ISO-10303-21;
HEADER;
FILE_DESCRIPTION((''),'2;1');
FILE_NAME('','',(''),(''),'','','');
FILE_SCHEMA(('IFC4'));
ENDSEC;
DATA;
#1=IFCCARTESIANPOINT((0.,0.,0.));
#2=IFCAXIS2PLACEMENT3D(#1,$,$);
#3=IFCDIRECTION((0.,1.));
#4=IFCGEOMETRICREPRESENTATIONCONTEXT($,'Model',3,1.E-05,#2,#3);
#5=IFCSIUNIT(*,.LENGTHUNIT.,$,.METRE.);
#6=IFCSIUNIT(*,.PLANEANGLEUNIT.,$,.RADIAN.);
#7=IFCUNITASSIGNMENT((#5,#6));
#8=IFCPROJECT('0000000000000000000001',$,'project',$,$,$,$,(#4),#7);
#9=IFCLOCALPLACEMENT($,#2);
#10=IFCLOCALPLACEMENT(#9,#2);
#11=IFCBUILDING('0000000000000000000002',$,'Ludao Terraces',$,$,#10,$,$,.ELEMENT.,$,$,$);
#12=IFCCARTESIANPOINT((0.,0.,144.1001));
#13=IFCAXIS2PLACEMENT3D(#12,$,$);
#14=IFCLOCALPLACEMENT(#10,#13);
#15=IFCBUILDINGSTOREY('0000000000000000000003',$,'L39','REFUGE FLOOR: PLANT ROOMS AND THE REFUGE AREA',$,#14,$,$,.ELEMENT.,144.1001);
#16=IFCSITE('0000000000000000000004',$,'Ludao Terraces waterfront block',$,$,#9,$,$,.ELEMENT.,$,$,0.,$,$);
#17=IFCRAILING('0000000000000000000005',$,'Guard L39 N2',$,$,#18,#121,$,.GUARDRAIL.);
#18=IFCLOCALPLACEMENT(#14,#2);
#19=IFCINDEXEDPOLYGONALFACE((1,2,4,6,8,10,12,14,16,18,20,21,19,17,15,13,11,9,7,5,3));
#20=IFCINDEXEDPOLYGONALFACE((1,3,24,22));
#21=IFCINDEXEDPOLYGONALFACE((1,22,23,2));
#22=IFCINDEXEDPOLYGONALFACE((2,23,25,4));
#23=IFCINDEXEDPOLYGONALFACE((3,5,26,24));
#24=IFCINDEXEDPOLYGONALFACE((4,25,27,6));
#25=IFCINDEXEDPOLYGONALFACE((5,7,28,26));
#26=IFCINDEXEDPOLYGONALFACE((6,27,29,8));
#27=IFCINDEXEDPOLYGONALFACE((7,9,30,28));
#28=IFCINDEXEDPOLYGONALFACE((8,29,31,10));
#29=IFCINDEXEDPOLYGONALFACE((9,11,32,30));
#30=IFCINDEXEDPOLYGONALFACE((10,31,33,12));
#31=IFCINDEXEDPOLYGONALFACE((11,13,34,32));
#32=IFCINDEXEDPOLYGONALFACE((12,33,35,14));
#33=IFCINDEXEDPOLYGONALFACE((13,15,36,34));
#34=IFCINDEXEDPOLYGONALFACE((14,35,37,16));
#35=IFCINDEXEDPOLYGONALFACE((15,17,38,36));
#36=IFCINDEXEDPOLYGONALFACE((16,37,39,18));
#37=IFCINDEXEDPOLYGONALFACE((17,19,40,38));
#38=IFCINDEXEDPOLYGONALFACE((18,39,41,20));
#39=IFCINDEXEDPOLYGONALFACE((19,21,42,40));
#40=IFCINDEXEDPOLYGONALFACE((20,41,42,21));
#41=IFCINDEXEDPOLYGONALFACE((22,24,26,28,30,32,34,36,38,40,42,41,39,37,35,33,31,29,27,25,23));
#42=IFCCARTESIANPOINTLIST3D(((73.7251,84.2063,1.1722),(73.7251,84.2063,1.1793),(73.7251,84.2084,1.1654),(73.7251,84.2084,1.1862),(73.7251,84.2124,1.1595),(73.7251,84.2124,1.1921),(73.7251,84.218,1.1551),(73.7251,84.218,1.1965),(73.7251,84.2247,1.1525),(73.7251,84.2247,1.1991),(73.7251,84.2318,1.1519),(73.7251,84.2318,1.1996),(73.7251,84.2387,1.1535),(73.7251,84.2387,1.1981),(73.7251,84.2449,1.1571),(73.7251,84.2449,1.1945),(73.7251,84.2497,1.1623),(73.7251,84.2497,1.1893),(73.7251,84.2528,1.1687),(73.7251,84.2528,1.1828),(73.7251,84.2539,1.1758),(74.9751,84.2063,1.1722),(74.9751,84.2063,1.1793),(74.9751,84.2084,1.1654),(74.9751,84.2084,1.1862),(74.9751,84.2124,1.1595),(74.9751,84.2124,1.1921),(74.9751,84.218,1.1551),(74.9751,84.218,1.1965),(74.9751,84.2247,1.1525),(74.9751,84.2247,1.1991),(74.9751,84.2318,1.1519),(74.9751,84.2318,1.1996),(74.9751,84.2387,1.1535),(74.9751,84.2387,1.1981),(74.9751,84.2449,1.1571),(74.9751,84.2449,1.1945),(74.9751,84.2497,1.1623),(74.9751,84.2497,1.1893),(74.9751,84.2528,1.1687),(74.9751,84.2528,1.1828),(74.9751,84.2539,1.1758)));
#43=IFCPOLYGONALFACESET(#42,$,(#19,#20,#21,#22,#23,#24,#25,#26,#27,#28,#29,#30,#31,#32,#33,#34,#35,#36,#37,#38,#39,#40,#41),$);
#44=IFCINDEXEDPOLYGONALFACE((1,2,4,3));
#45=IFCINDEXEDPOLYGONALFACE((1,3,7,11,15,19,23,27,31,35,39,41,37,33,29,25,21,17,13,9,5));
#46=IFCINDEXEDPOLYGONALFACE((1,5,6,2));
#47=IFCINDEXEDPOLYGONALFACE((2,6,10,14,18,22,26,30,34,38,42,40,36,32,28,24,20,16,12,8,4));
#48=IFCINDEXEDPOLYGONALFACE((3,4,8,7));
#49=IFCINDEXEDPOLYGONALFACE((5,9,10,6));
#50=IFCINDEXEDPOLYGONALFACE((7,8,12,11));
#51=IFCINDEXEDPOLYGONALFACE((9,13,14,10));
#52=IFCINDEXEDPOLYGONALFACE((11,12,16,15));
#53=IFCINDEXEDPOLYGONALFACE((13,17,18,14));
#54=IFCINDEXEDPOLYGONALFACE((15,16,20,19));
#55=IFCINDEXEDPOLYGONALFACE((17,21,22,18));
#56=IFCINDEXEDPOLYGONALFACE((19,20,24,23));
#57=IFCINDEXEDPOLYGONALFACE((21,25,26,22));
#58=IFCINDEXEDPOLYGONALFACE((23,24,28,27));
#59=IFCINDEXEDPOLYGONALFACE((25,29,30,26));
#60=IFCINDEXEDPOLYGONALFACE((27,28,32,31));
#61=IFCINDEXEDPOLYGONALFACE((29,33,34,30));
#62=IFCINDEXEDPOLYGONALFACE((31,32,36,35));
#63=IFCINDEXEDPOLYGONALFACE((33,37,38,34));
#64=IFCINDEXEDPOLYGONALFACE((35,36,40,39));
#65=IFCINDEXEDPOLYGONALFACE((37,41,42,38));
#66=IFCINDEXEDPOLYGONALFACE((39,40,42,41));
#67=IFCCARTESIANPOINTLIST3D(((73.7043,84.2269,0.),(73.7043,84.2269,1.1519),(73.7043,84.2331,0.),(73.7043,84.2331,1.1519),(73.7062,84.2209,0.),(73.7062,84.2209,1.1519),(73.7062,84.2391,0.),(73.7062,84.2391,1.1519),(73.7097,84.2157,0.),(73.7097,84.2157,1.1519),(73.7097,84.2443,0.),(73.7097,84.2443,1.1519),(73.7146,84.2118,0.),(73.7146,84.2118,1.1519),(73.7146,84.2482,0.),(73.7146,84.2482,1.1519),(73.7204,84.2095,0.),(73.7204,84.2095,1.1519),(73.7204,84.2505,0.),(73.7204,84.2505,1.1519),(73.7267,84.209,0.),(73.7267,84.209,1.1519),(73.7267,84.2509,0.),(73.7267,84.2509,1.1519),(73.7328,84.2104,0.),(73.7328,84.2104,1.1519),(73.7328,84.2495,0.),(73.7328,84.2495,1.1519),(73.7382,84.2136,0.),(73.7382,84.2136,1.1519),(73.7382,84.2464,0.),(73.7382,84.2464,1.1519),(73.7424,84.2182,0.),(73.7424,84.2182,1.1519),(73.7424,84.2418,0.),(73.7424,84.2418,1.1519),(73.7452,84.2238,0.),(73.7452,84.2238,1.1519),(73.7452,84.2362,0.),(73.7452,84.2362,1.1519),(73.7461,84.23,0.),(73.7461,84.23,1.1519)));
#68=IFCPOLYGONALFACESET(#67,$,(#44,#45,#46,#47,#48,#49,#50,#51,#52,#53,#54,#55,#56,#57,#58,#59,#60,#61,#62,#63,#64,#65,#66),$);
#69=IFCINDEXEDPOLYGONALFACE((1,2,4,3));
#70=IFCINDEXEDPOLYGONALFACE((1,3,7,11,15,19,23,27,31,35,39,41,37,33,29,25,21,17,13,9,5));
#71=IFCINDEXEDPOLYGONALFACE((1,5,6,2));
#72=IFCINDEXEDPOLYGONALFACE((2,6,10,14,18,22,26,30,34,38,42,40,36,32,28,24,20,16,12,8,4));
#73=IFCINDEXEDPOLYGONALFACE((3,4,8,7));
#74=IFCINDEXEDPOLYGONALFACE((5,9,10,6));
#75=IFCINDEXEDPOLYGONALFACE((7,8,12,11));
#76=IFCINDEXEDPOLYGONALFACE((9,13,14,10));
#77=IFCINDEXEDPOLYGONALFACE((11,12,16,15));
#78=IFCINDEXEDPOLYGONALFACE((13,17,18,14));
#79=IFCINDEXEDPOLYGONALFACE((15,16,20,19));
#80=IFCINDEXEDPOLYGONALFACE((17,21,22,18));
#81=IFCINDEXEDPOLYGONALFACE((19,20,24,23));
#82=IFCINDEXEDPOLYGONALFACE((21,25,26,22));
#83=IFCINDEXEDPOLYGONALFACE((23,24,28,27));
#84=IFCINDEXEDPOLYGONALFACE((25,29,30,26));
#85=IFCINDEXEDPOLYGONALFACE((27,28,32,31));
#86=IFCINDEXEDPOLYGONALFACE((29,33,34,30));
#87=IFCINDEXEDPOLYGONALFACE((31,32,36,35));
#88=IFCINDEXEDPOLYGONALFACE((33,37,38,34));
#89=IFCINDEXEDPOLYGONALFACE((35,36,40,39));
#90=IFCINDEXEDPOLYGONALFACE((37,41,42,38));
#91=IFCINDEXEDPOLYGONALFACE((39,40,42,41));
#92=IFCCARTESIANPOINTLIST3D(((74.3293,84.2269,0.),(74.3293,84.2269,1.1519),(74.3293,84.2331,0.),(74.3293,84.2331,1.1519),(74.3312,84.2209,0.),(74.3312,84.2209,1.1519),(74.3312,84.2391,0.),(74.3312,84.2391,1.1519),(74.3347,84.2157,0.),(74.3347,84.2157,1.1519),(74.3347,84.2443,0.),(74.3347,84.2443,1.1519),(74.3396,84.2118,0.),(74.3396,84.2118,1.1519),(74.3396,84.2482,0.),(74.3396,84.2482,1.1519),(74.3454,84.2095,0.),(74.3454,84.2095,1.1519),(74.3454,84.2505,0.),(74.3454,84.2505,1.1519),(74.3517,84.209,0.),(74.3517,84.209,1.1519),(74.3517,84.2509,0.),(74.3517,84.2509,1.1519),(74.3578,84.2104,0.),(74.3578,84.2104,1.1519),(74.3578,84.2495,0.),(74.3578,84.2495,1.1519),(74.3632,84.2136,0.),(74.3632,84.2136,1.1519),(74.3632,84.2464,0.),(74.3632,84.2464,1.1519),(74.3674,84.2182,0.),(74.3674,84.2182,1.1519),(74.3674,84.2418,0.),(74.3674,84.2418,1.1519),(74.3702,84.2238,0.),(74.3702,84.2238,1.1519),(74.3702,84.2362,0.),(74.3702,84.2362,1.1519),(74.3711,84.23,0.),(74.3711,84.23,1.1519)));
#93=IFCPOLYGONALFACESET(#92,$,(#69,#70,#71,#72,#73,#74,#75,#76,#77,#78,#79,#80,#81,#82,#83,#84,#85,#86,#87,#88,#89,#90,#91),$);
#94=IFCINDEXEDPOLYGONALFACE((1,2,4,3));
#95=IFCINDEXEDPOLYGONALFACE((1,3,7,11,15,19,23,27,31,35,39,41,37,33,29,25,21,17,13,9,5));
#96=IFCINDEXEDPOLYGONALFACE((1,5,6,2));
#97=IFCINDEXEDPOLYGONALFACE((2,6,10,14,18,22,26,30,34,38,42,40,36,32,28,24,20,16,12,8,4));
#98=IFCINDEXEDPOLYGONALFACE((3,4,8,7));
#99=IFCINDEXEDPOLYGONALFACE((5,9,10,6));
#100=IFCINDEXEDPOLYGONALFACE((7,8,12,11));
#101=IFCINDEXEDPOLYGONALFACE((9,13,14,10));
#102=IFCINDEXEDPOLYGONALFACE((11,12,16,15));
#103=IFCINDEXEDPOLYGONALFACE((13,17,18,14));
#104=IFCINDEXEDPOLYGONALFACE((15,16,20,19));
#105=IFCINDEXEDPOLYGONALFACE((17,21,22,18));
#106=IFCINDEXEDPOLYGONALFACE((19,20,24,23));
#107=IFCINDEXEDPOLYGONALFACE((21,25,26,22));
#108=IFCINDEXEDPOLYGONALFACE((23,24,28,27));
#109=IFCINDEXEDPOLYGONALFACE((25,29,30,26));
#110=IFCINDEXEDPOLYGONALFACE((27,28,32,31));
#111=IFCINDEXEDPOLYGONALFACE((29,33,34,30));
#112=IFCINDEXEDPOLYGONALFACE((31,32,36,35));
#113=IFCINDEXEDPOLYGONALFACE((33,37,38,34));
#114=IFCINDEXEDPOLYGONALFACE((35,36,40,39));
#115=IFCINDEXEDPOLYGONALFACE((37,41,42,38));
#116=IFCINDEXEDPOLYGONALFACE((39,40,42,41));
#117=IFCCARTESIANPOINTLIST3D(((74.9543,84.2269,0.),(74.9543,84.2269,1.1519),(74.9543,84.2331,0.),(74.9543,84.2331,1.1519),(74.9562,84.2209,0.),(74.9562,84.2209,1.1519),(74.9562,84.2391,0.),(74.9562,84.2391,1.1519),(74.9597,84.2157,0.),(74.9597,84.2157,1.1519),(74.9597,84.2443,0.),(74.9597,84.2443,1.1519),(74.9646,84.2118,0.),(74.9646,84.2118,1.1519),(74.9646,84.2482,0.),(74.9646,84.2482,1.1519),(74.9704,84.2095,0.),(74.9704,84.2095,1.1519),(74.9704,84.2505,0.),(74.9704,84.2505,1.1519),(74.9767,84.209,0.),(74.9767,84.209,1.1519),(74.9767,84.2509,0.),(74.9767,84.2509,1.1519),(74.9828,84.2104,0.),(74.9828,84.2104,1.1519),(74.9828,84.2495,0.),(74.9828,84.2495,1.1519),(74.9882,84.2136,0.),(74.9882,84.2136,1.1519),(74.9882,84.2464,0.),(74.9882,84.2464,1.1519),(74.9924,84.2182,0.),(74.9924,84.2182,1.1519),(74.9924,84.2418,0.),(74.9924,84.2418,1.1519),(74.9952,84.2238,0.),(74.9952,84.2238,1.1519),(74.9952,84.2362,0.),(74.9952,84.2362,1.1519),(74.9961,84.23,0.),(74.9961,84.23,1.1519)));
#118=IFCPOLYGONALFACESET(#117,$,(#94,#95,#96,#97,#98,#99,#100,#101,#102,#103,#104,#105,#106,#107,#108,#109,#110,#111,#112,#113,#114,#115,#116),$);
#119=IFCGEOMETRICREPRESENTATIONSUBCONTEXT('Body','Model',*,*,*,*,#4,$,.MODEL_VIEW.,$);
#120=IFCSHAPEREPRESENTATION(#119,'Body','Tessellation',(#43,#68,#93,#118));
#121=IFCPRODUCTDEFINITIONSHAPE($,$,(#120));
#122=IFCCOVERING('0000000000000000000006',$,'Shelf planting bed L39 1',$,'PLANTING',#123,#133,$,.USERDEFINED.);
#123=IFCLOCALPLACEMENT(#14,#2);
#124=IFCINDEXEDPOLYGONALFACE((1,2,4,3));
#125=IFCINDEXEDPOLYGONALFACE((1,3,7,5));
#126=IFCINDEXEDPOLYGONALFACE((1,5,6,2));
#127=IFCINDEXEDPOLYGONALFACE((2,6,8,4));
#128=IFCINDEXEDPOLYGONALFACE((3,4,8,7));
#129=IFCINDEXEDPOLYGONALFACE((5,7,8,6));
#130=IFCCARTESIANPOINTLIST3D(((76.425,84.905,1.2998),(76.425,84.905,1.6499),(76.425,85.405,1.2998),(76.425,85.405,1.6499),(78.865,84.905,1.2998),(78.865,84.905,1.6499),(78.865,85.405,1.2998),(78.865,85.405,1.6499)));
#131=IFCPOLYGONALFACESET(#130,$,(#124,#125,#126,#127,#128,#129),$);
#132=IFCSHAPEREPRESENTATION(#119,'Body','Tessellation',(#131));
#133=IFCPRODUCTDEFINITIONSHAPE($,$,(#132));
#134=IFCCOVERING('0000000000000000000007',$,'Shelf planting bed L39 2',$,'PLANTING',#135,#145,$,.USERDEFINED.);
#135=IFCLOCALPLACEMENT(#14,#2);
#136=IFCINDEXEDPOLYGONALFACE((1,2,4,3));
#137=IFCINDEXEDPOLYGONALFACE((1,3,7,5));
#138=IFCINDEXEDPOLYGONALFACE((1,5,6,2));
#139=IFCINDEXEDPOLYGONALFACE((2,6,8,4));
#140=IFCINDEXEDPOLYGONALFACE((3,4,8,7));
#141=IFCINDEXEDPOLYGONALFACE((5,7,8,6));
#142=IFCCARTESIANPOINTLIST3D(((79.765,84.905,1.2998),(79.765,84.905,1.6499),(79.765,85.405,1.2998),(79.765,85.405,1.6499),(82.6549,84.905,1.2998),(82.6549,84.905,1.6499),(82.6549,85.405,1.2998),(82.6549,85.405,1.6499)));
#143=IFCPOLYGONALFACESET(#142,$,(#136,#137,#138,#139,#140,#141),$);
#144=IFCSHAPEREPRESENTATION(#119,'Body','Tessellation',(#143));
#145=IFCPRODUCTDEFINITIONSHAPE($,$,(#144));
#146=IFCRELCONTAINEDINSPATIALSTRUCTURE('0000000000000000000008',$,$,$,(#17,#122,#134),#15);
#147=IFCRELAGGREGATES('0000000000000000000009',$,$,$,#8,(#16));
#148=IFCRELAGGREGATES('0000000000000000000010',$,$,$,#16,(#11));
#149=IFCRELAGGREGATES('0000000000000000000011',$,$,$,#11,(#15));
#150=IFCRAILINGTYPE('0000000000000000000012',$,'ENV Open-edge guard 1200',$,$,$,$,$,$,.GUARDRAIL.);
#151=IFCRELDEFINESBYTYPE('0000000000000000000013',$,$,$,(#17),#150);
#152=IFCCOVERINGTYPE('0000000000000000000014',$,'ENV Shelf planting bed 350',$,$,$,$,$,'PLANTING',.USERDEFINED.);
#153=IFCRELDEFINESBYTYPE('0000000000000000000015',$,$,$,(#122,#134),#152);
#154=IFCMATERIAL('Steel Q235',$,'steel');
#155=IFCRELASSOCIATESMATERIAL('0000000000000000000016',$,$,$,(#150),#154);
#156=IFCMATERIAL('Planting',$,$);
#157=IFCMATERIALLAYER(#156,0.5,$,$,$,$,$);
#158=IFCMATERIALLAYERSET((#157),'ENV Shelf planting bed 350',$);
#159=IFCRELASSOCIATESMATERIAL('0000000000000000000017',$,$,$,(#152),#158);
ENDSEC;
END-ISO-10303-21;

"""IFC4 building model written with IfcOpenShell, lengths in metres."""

from ifc_helpers import new_model, si_unit, direction, frame, origin, origin_2d, place, context, subcontext, project, spatial, rectangle, circle, extrude, material, layer, layer_set, type_object, element, save


model = new_model("IFC4")

# Units and contexts
model_context = context("Model", 3, precision=1e-05, world=origin(), true_north=direction((0.0, 1.0)))
body_context = subcontext(model_context, "Body", "Model", "MODEL_VIEW")
ifc_project = project(units=[si_unit("LENGTHUNIT", "METRE"), si_unit("PLANEANGLEUNIT", "RADIAN")], contexts=[model_context])

# Site, building, storey
site_placement = place(None, origin())
site = spatial("IfcSite", under=ifc_project, at=site_placement, Name="Ludao Terraces waterfront block", CompositionType="ELEMENT", RefElevation=0.0)
building_placement = place(site_placement, origin())
building = spatial("IfcBuilding", under=site, at=building_placement, Name="Ludao Terraces", CompositionType="ELEMENT")
storey_placement = place(building_placement, frame((0.0, 0.0, 144.1001)))
storey = spatial("IfcBuildingStorey", under=building, at=storey_placement, Name="L39", Description="REFUGE FLOOR: PLANT ROOMS AND THE REFUGE AREA", CompositionType="ELEMENT", Elevation=144.1001)

# Shared definitions
ifc_material_1 = material(Name="Steel Q235", Category="steel")

# Railing
railing_type_1 = type_object("IfcRailingType", Name="ENV Open-edge guard 1200", PredefinedType="GUARDRAIL", material=ifc_material_1)
railing_1_placement = place(storey_placement, frame((73.7251, 84.23, 0.0)))
element("IfcRailing", 1, at=railing_1_placement, inside=storey, type_object=railing_type_1, Name="Guard L39 N2", PredefinedType="GUARDRAIL", context=body_context, shape_type="SweptSolid", body=[
    extrude(circle(Radius=0.0239, at=origin_2d()), frame((0.0, 0.0, 1.1758), z_axis=(1.0, 0.0, 0.0), x_axis=(0.0, 1.0, 0.0)), (0.0, 0.0, 1.0), 1.25),
    extrude(circle(Radius=0.021, at=origin_2d()), origin(), (0.0, 0.0, 1.0), 1.1519),
    extrude(circle(Radius=0.021, at=origin_2d()), frame((0.625, 0.0, 0.0)), (0.0, 0.0, 1.0), 1.1519),
    extrude(circle(Radius=0.021, at=origin_2d()), frame((1.25, 0.0, 0.0)), (0.0, 0.0, 1.0), 1.1519),
])

# Coverings
ifc_material_2 = material(Name="Planting")
ifc_layer_1 = layer(ifc_material_2, 0.5)
ifc_layer_set_1 = layer_set([ifc_layer_1], Name="ENV Shelf planting bed 350")
covering_type_1 = type_object("IfcCoveringType", Name="ENV Shelf planting bed 350", ElementType="PLANTING", PredefinedType="USERDEFINED", material=ifc_layer_set_1)
covering_1_placement = place(storey_placement, frame((77.645, 85.155, 1.2998), z_axis=(0.0, 0.0, 1.0), x_axis=(1.0, 0.0, 0.0)))
element("IfcCovering", 2, at=covering_1_placement, inside=storey, type_object=covering_type_1, Name="Shelf planting bed L39 1", ObjectType="PLANTING", PredefinedType="USERDEFINED", context=body_context, shape_type="SweptSolid", body=[
    extrude(rectangle(XDim=2.4399, YDim=0.5, at=origin_2d()), origin(), (0.0, 0.0, 1.0), 0.3501),
])
covering_2_placement = place(storey_placement, frame((81.21, 85.155, 1.2998), z_axis=(0.0, 0.0, 1.0), x_axis=(1.0, 0.0, 0.0)))
element("IfcCovering", 3, at=covering_2_placement, inside=storey, type_object=covering_type_1, Name="Shelf planting bed L39 2", ObjectType="PLANTING", PredefinedType="USERDEFINED", context=body_context, shape_type="SweptSolid", body=[
    extrude(rectangle(XDim=2.8899, YDim=0.5, at=origin_2d()), origin(), (0.0, 0.0, 1.0), 0.3501),
])

save(model, "model.ifc")
